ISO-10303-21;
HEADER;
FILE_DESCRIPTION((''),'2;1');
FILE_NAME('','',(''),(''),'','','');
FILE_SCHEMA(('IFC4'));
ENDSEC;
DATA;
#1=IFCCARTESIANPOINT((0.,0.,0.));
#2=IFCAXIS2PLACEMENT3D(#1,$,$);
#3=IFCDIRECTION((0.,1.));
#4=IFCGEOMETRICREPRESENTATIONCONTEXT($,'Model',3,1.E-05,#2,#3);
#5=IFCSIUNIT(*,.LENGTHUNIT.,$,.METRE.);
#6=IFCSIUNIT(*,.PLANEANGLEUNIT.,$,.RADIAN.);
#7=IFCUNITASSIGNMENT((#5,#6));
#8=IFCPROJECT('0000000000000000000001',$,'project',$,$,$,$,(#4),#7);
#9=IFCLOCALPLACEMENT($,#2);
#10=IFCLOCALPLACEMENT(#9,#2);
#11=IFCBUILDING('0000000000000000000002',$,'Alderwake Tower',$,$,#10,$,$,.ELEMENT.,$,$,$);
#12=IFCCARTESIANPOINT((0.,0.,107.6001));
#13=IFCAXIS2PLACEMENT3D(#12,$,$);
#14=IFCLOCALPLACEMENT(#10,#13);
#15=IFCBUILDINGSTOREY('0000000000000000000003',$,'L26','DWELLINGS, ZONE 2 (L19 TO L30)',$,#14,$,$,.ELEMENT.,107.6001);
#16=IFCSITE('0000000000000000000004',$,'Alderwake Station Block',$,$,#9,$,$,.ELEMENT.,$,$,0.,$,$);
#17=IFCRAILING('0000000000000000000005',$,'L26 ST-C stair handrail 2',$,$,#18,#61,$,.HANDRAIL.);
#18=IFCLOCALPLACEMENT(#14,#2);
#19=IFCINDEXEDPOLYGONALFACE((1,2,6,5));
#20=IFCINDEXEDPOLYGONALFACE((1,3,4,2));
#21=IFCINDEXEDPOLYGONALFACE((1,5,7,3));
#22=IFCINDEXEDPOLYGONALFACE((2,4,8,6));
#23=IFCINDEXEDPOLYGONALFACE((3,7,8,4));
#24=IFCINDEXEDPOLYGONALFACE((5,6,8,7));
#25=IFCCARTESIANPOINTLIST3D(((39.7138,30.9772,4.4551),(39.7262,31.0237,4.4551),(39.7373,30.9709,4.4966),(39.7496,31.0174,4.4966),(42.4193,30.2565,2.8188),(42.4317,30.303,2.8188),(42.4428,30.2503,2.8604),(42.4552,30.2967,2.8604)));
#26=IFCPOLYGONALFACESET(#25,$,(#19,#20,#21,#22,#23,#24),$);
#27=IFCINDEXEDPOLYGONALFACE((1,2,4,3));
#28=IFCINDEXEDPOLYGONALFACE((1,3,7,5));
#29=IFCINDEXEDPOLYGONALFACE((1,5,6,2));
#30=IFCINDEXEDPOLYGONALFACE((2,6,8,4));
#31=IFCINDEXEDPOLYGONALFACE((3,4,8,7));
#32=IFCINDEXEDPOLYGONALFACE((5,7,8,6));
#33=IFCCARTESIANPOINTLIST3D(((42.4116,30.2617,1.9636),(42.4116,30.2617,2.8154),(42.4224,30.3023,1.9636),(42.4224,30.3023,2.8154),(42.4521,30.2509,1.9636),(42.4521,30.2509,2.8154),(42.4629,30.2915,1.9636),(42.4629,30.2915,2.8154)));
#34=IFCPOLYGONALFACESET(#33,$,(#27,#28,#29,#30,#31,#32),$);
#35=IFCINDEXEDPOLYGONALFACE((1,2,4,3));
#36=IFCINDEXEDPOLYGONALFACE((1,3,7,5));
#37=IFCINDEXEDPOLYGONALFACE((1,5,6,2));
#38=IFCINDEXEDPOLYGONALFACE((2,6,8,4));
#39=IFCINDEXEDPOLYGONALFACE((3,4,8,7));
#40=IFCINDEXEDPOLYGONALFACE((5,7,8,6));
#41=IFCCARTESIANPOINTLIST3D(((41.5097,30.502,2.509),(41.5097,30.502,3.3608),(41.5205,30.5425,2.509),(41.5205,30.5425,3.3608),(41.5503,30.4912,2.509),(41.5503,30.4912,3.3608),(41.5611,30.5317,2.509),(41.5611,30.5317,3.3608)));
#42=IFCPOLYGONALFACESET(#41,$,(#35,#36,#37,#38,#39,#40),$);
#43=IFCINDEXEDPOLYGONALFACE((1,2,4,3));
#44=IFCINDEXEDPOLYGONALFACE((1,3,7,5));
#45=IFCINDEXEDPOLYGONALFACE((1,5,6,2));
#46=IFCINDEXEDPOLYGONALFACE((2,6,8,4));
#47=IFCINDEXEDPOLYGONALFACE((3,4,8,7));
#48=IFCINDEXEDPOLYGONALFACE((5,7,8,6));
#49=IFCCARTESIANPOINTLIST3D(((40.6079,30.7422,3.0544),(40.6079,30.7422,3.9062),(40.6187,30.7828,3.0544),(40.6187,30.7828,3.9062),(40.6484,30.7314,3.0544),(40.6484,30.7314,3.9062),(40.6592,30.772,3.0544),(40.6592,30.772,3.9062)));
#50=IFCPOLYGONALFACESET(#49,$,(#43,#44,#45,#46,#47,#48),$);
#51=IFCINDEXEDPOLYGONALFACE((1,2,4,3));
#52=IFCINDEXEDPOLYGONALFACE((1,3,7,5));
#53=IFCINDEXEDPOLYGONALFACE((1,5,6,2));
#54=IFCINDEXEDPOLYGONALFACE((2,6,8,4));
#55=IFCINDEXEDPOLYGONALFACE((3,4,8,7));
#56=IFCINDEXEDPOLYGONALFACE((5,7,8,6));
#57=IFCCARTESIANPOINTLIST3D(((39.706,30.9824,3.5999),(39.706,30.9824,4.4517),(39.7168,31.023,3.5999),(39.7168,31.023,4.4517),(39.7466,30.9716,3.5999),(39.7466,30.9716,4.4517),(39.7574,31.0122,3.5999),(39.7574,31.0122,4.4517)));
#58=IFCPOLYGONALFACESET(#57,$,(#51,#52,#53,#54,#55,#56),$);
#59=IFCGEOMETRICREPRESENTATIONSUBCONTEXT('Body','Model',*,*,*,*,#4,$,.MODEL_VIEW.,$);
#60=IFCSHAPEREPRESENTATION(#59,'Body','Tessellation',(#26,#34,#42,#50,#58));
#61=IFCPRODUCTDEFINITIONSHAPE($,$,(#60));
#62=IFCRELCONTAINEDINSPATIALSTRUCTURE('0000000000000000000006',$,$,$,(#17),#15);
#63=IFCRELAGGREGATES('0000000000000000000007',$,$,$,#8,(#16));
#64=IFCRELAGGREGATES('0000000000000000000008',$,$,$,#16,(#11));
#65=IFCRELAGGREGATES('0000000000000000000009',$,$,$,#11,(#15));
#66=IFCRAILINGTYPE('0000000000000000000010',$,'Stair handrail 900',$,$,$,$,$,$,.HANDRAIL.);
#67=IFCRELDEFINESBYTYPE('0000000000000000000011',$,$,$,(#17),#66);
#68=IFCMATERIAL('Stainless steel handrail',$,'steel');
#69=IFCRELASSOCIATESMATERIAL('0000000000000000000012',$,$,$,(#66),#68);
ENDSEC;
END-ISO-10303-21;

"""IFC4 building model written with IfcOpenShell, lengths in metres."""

from ifc_helpers import new_model, si_unit, direction, frame, origin, origin_2d, place, context, subcontext, project, spatial, rectangle, extrude, material, type_object, element, save


model = new_model("IFC4")

# Units and contexts
model_context = context("Model", 3, precision=1e-05, world=origin(), true_north=direction((0.0, 1.0)))
body_context = subcontext(model_context, "Body", "Model", "MODEL_VIEW")
ifc_project = project(units=[si_unit("LENGTHUNIT", "METRE"), si_unit("PLANEANGLEUNIT", "RADIAN")], contexts=[model_context])

# Site, building, storey
site_placement = place(None, origin())
site = spatial("IfcSite", under=ifc_project, at=site_placement, Name="Alderwake Station Block", CompositionType="ELEMENT", RefElevation=0.0)
building_placement = place(site_placement, origin())
building = spatial("IfcBuilding", under=site, at=building_placement, Name="Alderwake Tower", CompositionType="ELEMENT")
storey_placement = place(building_placement, frame((0.0, 0.0, 107.6001)))
storey = spatial("IfcBuildingStorey", under=building, at=storey_placement, Name="L26", Description="DWELLINGS, ZONE 2 (L19 TO L30)", CompositionType="ELEMENT", Elevation=107.6001)

# Railing
ifc_material_1 = material(Name="Stainless steel handrail", Category="steel")
railing_type_1 = type_object("IfcRailingType", Name="Stair handrail 900", PredefinedType="HANDRAIL", material=ifc_material_1)
railing_1_placement = place(storey_placement, frame((42.4373, 30.2766, 1.9636)))
element("IfcRailing", 1, at=railing_1_placement, inside=storey, type_object=railing_type_1, Name="L26 ST-C stair handrail 2", PredefinedType="HANDRAIL", context=body_context, shape_type="SweptSolid", body=[
    extrude(rectangle(XDim=0.0481, YDim=0.0481, at=origin_2d()), frame((0.0, 0.0, 0.876), z_axis=(-0.834291, 0.222237, 0.504549), x_axis=(-0.257402, -0.966304, 0.0)), (0.0, 0.0, 1.0), 3.2429),
    extrude(rectangle(XDim=0.042, YDim=0.042, at=origin_2d()), frame((0.0, 0.0, 0.0), z_axis=(0.0, 0.0, 1.0), x_axis=(-0.966304, 0.257402, 0.0)), (0.0, 0.0, 1.0), 0.8518),
    extrude(rectangle(XDim=0.042, YDim=0.042, at=origin_2d()), frame((-0.9019, 0.2402, 0.5454), z_axis=(0.0, 0.0, 1.0), x_axis=(-0.966304, 0.257402, 0.0)), (0.0, 0.0, 1.0), 0.8518),
    extrude(rectangle(XDim=0.042, YDim=0.042, at=origin_2d()), frame((-1.8037, 0.4805, 1.0908), z_axis=(0.0, 0.0, 1.0), x_axis=(-0.966304, 0.257402, 0.0)), (0.0, 0.0, 1.0), 0.8518),
    extrude(rectangle(XDim=0.042, YDim=0.042, at=origin_2d()), frame((-2.7056, 0.7207, 1.6362), z_axis=(0.0, 0.0, 1.0), x_axis=(-0.966304, 0.257402, 0.0)), (0.0, 0.0, 1.0), 0.8518),
])

save(model, "model.ifc")
